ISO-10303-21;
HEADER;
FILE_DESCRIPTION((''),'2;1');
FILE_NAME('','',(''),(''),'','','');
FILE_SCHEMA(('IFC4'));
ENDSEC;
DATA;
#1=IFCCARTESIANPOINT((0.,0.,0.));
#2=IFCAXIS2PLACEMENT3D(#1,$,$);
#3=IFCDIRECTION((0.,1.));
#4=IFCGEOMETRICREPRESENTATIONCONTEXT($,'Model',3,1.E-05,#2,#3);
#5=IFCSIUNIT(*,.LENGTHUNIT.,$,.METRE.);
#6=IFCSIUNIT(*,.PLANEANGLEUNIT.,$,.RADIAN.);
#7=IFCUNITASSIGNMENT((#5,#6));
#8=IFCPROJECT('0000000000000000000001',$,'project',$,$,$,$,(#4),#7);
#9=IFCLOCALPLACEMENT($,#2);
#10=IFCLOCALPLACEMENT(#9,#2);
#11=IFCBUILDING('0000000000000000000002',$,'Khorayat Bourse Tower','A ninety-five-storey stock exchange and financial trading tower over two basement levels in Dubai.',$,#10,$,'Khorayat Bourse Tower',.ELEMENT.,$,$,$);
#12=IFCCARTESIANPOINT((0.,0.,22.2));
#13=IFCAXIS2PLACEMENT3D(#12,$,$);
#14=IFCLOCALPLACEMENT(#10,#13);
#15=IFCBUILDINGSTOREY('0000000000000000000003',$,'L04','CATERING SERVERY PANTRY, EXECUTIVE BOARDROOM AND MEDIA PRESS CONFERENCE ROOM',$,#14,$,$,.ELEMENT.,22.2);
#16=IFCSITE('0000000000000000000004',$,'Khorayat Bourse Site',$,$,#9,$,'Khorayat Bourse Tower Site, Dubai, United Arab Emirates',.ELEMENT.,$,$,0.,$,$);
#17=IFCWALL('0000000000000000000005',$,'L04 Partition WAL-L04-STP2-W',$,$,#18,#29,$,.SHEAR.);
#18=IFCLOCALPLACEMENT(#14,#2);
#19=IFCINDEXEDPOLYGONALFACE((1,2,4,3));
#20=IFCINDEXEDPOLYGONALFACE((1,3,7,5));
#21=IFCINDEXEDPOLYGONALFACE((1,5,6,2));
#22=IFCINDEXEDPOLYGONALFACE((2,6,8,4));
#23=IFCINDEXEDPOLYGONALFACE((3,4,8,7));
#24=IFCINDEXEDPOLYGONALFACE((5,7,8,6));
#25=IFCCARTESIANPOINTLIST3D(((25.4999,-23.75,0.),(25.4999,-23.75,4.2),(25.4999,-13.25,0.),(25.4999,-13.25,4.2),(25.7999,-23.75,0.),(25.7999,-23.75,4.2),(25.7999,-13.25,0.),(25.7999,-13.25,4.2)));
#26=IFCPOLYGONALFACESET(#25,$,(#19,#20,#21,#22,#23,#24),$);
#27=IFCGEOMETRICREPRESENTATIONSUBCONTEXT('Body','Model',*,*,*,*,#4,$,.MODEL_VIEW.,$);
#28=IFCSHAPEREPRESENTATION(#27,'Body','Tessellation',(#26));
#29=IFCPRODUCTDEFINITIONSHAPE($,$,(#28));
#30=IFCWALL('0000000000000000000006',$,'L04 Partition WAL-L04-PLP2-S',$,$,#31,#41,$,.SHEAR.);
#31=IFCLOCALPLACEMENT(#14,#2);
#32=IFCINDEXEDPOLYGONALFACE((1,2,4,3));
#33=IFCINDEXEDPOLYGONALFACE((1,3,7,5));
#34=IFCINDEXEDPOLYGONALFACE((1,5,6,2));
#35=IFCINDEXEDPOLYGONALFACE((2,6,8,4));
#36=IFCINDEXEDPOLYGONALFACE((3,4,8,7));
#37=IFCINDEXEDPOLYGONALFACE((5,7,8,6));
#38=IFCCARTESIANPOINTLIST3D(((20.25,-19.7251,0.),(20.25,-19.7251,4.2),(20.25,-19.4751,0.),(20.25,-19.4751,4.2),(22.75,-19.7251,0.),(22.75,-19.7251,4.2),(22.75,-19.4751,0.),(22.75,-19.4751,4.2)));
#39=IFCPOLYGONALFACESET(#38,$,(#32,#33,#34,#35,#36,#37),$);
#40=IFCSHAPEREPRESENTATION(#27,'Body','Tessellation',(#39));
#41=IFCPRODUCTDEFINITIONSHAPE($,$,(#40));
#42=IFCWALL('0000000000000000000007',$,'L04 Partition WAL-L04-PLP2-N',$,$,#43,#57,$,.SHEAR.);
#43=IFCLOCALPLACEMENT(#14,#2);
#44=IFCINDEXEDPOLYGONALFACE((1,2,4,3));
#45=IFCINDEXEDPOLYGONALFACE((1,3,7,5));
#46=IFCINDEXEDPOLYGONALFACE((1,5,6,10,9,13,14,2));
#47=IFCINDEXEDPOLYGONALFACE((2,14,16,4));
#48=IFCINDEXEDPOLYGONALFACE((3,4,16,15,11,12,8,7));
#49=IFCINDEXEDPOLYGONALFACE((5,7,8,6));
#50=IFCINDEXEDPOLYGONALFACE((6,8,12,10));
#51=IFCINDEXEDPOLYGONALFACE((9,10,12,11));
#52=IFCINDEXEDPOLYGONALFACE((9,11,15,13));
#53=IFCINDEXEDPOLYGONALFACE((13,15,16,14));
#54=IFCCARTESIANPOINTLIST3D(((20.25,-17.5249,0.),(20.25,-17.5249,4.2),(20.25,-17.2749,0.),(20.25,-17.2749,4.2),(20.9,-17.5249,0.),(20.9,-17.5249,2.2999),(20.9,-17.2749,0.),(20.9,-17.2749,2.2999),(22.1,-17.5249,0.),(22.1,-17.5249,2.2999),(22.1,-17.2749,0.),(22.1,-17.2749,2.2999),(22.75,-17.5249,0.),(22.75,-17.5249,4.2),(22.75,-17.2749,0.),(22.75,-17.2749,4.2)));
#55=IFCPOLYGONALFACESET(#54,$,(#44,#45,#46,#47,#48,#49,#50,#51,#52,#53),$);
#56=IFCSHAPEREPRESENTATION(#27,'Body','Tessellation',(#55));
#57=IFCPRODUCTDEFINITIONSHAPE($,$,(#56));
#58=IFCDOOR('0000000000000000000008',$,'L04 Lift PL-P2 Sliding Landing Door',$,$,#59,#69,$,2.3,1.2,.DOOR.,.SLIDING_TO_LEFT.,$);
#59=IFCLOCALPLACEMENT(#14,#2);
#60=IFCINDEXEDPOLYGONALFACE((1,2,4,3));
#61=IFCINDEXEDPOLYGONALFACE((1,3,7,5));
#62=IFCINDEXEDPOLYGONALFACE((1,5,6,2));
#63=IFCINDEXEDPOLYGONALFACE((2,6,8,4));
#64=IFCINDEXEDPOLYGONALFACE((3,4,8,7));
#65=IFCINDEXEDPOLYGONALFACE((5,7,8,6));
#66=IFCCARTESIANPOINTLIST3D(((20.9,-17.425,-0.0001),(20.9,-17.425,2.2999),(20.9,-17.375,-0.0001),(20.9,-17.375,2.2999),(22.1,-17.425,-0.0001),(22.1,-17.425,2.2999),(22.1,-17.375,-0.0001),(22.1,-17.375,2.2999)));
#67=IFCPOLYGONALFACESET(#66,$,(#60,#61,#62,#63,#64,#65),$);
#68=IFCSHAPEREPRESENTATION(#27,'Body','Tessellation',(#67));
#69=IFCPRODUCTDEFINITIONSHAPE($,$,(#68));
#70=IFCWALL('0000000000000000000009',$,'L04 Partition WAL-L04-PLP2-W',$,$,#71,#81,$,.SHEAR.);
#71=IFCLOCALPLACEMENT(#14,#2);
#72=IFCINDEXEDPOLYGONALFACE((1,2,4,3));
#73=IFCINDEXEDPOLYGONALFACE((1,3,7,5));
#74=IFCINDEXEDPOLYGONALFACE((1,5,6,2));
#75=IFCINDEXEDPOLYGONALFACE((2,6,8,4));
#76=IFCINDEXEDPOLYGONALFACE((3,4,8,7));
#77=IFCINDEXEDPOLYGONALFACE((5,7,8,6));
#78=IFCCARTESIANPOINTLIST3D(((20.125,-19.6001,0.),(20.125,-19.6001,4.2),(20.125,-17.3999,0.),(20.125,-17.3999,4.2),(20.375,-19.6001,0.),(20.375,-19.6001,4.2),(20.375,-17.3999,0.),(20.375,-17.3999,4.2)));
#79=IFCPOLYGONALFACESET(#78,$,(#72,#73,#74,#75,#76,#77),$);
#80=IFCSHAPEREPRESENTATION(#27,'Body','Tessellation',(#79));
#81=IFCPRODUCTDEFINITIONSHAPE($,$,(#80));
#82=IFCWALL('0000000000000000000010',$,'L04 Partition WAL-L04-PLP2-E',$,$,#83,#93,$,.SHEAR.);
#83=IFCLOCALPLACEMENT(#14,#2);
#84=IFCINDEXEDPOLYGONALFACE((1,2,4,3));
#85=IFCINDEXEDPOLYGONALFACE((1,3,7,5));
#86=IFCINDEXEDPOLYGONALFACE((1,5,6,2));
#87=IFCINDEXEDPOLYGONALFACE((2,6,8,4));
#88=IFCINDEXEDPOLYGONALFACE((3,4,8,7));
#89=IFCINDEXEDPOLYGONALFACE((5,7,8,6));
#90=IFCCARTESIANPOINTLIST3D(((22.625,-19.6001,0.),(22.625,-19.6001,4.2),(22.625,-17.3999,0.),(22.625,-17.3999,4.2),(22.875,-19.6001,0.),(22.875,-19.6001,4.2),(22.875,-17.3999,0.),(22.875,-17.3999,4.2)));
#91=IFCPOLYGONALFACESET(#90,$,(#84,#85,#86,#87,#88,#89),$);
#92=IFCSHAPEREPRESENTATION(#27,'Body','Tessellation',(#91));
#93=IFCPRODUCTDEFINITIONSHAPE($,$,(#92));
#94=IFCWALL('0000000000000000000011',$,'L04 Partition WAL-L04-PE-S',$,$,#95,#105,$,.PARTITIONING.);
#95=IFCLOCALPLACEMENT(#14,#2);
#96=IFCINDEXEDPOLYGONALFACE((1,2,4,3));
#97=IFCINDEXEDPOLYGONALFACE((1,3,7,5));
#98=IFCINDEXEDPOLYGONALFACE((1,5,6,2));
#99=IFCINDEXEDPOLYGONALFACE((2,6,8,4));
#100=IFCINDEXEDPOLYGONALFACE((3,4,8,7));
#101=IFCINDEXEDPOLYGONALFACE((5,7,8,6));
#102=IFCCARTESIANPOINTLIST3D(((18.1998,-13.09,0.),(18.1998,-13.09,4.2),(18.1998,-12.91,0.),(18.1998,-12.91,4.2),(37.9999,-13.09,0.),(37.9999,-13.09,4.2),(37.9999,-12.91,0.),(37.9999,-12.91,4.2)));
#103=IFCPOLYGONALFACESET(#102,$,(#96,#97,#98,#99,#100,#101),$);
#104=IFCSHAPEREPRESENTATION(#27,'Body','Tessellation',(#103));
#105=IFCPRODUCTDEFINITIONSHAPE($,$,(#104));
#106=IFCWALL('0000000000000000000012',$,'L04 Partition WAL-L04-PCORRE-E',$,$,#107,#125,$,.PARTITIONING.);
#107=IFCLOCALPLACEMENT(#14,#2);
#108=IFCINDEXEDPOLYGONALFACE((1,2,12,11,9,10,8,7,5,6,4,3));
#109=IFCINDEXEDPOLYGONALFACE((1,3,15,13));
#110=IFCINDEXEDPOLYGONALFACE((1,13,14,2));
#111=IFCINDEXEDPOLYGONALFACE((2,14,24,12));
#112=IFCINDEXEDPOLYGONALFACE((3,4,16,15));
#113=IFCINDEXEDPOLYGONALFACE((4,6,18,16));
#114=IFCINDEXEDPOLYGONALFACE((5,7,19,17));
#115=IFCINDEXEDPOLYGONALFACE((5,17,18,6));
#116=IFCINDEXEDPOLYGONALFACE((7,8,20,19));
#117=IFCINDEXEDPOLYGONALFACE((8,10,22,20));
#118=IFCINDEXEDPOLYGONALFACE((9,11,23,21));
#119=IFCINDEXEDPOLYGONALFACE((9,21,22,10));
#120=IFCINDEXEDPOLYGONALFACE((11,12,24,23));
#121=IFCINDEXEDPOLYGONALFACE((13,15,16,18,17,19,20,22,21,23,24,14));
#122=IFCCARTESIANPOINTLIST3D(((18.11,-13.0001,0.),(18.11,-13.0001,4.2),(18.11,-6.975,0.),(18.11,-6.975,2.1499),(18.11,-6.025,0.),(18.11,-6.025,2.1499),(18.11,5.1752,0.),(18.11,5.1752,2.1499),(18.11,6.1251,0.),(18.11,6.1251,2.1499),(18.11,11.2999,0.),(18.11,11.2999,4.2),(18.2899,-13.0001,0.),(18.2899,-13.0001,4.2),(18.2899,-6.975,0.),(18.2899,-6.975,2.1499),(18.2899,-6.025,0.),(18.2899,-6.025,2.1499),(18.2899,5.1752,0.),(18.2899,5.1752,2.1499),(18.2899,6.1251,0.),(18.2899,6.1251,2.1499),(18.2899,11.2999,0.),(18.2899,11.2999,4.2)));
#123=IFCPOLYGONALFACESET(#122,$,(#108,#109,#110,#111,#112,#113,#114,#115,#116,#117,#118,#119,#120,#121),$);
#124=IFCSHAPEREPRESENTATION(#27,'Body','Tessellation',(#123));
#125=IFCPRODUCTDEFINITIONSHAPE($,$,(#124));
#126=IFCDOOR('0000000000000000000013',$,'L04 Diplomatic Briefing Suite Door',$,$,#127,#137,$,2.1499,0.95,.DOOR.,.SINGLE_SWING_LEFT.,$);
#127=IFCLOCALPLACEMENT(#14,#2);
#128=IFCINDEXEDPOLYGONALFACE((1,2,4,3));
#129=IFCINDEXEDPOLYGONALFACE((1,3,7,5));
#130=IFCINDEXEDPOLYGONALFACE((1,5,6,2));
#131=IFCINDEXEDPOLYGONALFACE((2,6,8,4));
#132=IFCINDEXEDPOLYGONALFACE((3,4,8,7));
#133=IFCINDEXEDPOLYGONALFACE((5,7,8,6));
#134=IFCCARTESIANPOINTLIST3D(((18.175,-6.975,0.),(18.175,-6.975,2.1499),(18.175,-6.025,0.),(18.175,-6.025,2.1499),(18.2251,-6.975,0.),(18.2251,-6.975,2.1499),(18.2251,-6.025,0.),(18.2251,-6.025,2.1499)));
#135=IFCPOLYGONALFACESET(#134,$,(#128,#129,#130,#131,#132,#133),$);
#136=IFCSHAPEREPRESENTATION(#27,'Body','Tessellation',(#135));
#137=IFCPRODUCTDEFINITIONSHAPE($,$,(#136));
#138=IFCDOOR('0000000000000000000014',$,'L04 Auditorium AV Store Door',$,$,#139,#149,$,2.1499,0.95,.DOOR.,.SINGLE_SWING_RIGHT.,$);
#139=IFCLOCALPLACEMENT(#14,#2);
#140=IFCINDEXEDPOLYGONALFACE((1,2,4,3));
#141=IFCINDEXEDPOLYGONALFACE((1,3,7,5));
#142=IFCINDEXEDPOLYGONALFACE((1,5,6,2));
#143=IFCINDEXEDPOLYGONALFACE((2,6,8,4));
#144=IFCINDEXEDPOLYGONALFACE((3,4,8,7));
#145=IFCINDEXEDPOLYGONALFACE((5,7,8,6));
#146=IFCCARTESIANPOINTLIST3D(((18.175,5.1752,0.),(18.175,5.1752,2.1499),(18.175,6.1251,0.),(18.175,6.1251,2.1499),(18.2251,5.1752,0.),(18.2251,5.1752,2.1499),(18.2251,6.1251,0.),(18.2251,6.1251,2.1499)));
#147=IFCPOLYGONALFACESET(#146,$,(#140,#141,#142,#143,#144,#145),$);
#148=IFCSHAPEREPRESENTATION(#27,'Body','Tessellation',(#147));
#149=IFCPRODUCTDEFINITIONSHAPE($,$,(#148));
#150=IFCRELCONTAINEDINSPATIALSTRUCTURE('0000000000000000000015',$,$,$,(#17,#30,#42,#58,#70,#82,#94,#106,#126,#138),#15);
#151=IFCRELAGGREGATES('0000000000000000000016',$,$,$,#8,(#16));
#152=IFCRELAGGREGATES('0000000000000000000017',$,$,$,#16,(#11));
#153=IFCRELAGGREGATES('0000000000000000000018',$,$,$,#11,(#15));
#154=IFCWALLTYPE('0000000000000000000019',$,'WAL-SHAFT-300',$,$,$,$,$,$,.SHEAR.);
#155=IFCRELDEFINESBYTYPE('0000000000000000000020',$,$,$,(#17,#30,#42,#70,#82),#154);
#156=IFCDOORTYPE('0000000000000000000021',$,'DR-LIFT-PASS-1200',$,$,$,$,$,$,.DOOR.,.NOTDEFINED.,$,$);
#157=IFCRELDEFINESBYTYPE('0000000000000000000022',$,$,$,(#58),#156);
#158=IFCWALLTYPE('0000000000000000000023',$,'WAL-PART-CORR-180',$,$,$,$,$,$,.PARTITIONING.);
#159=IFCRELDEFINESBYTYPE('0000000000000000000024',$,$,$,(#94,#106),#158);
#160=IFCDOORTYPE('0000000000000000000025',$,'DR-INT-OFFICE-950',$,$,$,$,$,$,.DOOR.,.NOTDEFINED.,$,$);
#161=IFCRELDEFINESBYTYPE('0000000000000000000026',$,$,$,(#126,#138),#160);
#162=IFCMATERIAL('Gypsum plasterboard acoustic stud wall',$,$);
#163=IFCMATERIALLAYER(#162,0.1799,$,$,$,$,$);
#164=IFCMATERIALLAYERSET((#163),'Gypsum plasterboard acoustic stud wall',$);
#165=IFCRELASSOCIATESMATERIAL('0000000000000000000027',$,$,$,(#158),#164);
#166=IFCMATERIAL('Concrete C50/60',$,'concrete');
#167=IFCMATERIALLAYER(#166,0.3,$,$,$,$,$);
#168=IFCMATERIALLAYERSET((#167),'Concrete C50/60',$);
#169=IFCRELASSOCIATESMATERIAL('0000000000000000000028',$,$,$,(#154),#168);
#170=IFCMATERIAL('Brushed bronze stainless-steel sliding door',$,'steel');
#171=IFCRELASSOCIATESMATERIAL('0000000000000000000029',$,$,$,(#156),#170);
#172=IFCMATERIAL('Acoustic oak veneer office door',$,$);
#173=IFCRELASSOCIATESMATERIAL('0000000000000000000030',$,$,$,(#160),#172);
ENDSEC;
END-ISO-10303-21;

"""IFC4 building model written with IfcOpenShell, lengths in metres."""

from ifc_helpers import new_model, si_unit, direction, frame, frame_2d, origin, place, context, subcontext, project, spatial, rectangle, extrude, source, transform, mapped, material, layer, layer_set, type_object, element, fill, save


model = new_model("IFC4")

# Units and contexts
model_context = context("Model", 3, precision=1e-05, world=origin(), true_north=direction((0.0, 1.0)))
body_context = subcontext(model_context, "Body", "Model", "MODEL_VIEW")
ifc_project = project(units=[si_unit("LENGTHUNIT", "METRE"), si_unit("PLANEANGLEUNIT", "RADIAN")], contexts=[model_context])

# Site, building, storey
site_placement = place(None, origin())
site = spatial("IfcSite", under=ifc_project, at=site_placement, Name="Khorayat Bourse Site", LongName="Khorayat Bourse Tower Site, Dubai, United Arab Emirates", CompositionType="ELEMENT", RefElevation=0.0)
building_placement = place(site_placement, origin())
building = spatial("IfcBuilding", under=site, at=building_placement, Name="Khorayat Bourse Tower", Description="A ninety-five-storey stock exchange and financial trading tower over two basement levels in Dubai.", LongName="Khorayat Bourse Tower", CompositionType="ELEMENT")
storey_placement = place(building_placement, frame((0.0, 0.0, 22.2)))
storey = spatial("IfcBuildingStorey", under=building, at=storey_placement, Name="L04", Description="CATERING SERVERY PANTRY, EXECUTIVE BOARDROOM AND MEDIA PRESS CONFERENCE ROOM", CompositionType="ELEMENT", Elevation=22.2)

# Shared definitions
ifc_material_1 = material(Name="Gypsum plasterboard acoustic stud wall")
ifc_layer_1 = layer(ifc_material_1, 0.1799)
ifc_layer_set_1 = layer_set([ifc_layer_1], Name="Gypsum plasterboard acoustic stud wall")
wall_type_1 = type_object("IfcWallType", Name="WAL-PART-CORR-180", PredefinedType="PARTITIONING", material=ifc_layer_set_1)

# Shared definitions
ifc_material_2 = material(Name="Concrete C50/60", Category="concrete")
ifc_layer_2 = layer(ifc_material_2, 0.3)
ifc_layer_set_2 = layer_set([ifc_layer_2], Name="Concrete C50/60")
wall_type_2 = type_object("IfcWallType", Name="WAL-SHAFT-300", PredefinedType="SHEAR", material=ifc_layer_set_2)

# Walls
shared_shape_1 = source(origin(), body_context, "Body", "SweptSolid", [
    extrude(rectangle(XDim=10.5, YDim=0.3, at=frame_2d((5.25, 0.0))), origin(), (0.0, 0.0, 1.0), 4.2),
])
wall_1_placement = place(storey_placement, frame((25.6499, -23.75, 0.0), z_axis=(0.0, 0.0, 1.0), x_axis=(0.0, 1.0, 0.0)))
element("IfcWall", 1, at=wall_1_placement, inside=storey, type_object=wall_type_2, Name="L04 Partition WAL-L04-STP2-W", PredefinedType="SHEAR", context=body_context, shape_type="MappedRepresentation", body=[
    mapped(shared_shape_1, transform((0.0, 0.0, 0.0), scale=1.0)),
])
shared_shape_2 = source(origin(), body_context, "Body", "SweptSolid", [
    extrude(rectangle(XDim=2.5, YDim=0.25, at=frame_2d((1.25, 0.0))), origin(), (0.0, 0.0, 1.0), 4.2),
])
wall_2_placement = place(storey_placement, frame((20.25, -19.6001, 0.0), z_axis=(0.0, 0.0, 1.0), x_axis=(1.0, 0.0, 0.0)))
element("IfcWall", 2, at=wall_2_placement, inside=storey, type_object=wall_type_2, Name="L04 Partition WAL-L04-PLP2-S", PredefinedType="SHEAR", context=body_context, shape_type="MappedRepresentation", body=[
    mapped(shared_shape_2, transform((0.0, 0.0, 0.0), scale=1.0)),
])

# Wall, opening, door
wall_3_placement = place(storey_placement, frame((20.25, -17.3999, 0.0), z_axis=(0.0, 0.0, 1.0), x_axis=(1.0, 0.0, 0.0)))
wall_3 = element("IfcWall", 3, at=wall_3_placement, inside=storey, type_object=wall_type_2, Name="L04 Partition WAL-L04-PLP2-N", PredefinedType="SHEAR", context=body_context, shape_type="MappedRepresentation", body=[
    mapped(shared_shape_2, transform((0.0, 0.0, 0.0), scale=1.0)),
])
shared_shape_3 = source(origin(), body_context, "Body", "SweptSolid", [
    extrude(rectangle(XDim=1.2, YDim=2.3, at=frame_2d((0.6001, 1.1499))), frame((0.0, 0.135, 0.0), z_axis=(0.0, -1.0, 0.0), x_axis=(1.0, 0.0, 0.0)), (0.0, 0.0, 1.0), 0.27),
])
opening_1_placement = place(wall_3_placement, frame((0.6499, 0.0, 0.0)))
opening_1 = element("IfcOpeningElement", 4, at=opening_1_placement, cuts=wall_3, PredefinedType="OPENING", context=body_context, shape_type="MappedRepresentation", body=[
    mapped(shared_shape_3, transform((0.0, 0.0, 0.0), scale=1.0)),
])
ifc_material_3 = material(Name="Brushed bronze stainless-steel sliding door", Category="steel")
door_type_1 = type_object("IfcDoorType", Name="DR-LIFT-PASS-1200", OperationType="NOTDEFINED", PredefinedType="DOOR", material=ifc_material_3)
shared_shape_4 = source(origin(), body_context, "Body", "SweptSolid", [
    extrude(rectangle(XDim=1.2, YDim=2.3, at=frame_2d((0.6001, 1.1499))), frame((0.0, 0.0249, 0.0), z_axis=(0.0, -1.0, 0.0), x_axis=(1.0, 0.0, 0.0)), (0.0, 0.0, 1.0), 0.05),
])
door_1_placement = place(opening_1_placement, origin())
door_1 = element("IfcDoor", 5, at=door_1_placement, inside=storey, type_object=door_type_1, Name="L04 Lift PL-P2 Sliding Landing Door", OperationType="SLIDING_TO_LEFT", OverallHeight=2.3, OverallWidth=1.2, PredefinedType="DOOR", context=body_context, shape_type="MappedRepresentation", body=[
    mapped(shared_shape_4, transform((0.0, 0.0, 0.0), scale=1.0)),
])
fill(opening_1, door_1)

# Walls
shared_shape_5 = source(origin(), body_context, "Body", "SweptSolid", [
    extrude(rectangle(XDim=2.2002, YDim=0.25, at=frame_2d((1.1001, 0.0))), origin(), (0.0, 0.0, 1.0), 4.2),
])
for number, where, z_axis, x_axis, name in (
    (6, (20.25, -19.6001, 0.0), (0.0, 0.0, 1.0), (0.0, 1.0, 0.0), "L04 Partition WAL-L04-PLP2-W"),
    (7, (22.75, -19.6001, 0.0), (0.0, 0.0, 1.0), (0.0, 1.0, 0.0), "L04 Partition WAL-L04-PLP2-E"),
):
    element("IfcWall", number, at=place(storey_placement, frame(where, z_axis=z_axis, x_axis=x_axis)), inside=storey, type_object=wall_type_2, Name=name, PredefinedType="SHEAR", context=body_context, shape_type="MappedRepresentation", body=[
        mapped(shared_shape_5, transform((0.0, 0.0, 0.0), scale=1.0)),
    ])
shared_shape_6 = source(origin(), body_context, "Body", "SweptSolid", [
    extrude(rectangle(XDim=19.8, YDim=0.1799, at=frame_2d((9.8999, 0.0))), origin(), (0.0, 0.0, 1.0), 4.2),
])
wall_4_placement = place(storey_placement, frame((18.2, -13.0, 0.0), z_axis=(0.0, 0.0, 1.0), x_axis=(1.0, 0.0, 0.0)))
element("IfcWall", 8, at=wall_4_placement, inside=storey, type_object=wall_type_1, Name="L04 Partition WAL-L04-PE-S", PredefinedType="PARTITIONING", context=body_context, shape_type="MappedRepresentation", body=[
    mapped(shared_shape_6, transform((0.0, 0.0, 0.0), scale=1.0)),
])

# Wall, openings, doors
shared_shape_7 = source(origin(), body_context, "Body", "SweptSolid", [
    extrude(rectangle(XDim=24.3, YDim=0.1799, at=frame_2d((12.1499, 0.0))), origin(), (0.0, 0.0, 1.0), 4.2),
])
wall_5_placement = place(storey_placement, frame((18.2, -13.0, 0.0), z_axis=(0.0, 0.0, 1.0), x_axis=(0.0, 1.0, 0.0)))
wall_5 = element("IfcWall", 9, at=wall_5_placement, inside=storey, type_object=wall_type_1, Name="L04 Partition WAL-L04-PCORRE-E", PredefinedType="PARTITIONING", context=body_context, shape_type="MappedRepresentation", body=[
    mapped(shared_shape_7, transform((0.0, 0.0, 0.0), scale=1.0)),
])
shared_shape_8 = source(origin(), body_context, "Body", "SweptSolid", [
    extrude(rectangle(XDim=0.95, YDim=2.1499, at=frame_2d((0.4751, 1.075))), frame((0.0, 0.0999, 0.0), z_axis=(0.0, -1.0, 0.0), x_axis=(1.0, 0.0, 0.0)), (0.0, 0.0, 1.0), 0.2),
])
opening_2_placement = place(wall_5_placement, frame((6.0249, 0.0, 0.0)))
opening_2 = element("IfcOpeningElement", 10, at=opening_2_placement, cuts=wall_5, PredefinedType="OPENING", context=body_context, shape_type="MappedRepresentation", body=[
    mapped(shared_shape_8, transform((0.0, 0.0, 0.0), scale=1.0)),
])
opening_3_placement = place(wall_5_placement, frame((18.175, 0.0, 0.0)))
opening_3 = element("IfcOpeningElement", 11, at=opening_3_placement, cuts=wall_5, PredefinedType="OPENING", context=body_context, shape_type="MappedRepresentation", body=[
    mapped(shared_shape_8, transform((0.0, 0.0, 0.0), scale=1.0)),
])
ifc_material_4 = material(Name="Acoustic oak veneer office door")
door_type_2 = type_object("IfcDoorType", Name="DR-INT-OFFICE-950", OperationType="NOTDEFINED", PredefinedType="DOOR", material=ifc_material_4)
shared_shape_9 = source(origin(), body_context, "Body", "SweptSolid", [
    extrude(rectangle(XDim=0.95, YDim=2.1499, at=frame_2d((0.4751, 1.075))), frame((0.0, 0.0249, 0.0), z_axis=(0.0, -1.0, 0.0), x_axis=(1.0, 0.0, 0.0)), (0.0, 0.0, 1.0), 0.05),
])
door_2_placement = place(opening_2_placement, origin())
door_2 = element("IfcDoor", 12, at=door_2_placement, inside=storey, type_object=door_type_2, Name="L04 Diplomatic Briefing Suite Door", OperationType="SINGLE_SWING_LEFT", OverallHeight=2.1499, OverallWidth=0.95, PredefinedType="DOOR", context=body_context, shape_type="MappedRepresentation", body=[
    mapped(shared_shape_9, transform((0.0, 0.0, 0.0), scale=1.0)),
])
fill(opening_2, door_2)
door_3_placement = place(opening_3_placement, origin())
door_3 = element("IfcDoor", 13, at=door_3_placement, inside=storey, type_object=door_type_2, Name="L04 Auditorium AV Store Door", OperationType="SINGLE_SWING_RIGHT", OverallHeight=2.1499, OverallWidth=0.95, PredefinedType="DOOR", context=body_context, shape_type="MappedRepresentation", body=[
    mapped(shared_shape_9, transform((0.0, 0.0, 0.0), scale=1.0)),
])
fill(opening_3, door_3)

save(model, "model.ifc")
